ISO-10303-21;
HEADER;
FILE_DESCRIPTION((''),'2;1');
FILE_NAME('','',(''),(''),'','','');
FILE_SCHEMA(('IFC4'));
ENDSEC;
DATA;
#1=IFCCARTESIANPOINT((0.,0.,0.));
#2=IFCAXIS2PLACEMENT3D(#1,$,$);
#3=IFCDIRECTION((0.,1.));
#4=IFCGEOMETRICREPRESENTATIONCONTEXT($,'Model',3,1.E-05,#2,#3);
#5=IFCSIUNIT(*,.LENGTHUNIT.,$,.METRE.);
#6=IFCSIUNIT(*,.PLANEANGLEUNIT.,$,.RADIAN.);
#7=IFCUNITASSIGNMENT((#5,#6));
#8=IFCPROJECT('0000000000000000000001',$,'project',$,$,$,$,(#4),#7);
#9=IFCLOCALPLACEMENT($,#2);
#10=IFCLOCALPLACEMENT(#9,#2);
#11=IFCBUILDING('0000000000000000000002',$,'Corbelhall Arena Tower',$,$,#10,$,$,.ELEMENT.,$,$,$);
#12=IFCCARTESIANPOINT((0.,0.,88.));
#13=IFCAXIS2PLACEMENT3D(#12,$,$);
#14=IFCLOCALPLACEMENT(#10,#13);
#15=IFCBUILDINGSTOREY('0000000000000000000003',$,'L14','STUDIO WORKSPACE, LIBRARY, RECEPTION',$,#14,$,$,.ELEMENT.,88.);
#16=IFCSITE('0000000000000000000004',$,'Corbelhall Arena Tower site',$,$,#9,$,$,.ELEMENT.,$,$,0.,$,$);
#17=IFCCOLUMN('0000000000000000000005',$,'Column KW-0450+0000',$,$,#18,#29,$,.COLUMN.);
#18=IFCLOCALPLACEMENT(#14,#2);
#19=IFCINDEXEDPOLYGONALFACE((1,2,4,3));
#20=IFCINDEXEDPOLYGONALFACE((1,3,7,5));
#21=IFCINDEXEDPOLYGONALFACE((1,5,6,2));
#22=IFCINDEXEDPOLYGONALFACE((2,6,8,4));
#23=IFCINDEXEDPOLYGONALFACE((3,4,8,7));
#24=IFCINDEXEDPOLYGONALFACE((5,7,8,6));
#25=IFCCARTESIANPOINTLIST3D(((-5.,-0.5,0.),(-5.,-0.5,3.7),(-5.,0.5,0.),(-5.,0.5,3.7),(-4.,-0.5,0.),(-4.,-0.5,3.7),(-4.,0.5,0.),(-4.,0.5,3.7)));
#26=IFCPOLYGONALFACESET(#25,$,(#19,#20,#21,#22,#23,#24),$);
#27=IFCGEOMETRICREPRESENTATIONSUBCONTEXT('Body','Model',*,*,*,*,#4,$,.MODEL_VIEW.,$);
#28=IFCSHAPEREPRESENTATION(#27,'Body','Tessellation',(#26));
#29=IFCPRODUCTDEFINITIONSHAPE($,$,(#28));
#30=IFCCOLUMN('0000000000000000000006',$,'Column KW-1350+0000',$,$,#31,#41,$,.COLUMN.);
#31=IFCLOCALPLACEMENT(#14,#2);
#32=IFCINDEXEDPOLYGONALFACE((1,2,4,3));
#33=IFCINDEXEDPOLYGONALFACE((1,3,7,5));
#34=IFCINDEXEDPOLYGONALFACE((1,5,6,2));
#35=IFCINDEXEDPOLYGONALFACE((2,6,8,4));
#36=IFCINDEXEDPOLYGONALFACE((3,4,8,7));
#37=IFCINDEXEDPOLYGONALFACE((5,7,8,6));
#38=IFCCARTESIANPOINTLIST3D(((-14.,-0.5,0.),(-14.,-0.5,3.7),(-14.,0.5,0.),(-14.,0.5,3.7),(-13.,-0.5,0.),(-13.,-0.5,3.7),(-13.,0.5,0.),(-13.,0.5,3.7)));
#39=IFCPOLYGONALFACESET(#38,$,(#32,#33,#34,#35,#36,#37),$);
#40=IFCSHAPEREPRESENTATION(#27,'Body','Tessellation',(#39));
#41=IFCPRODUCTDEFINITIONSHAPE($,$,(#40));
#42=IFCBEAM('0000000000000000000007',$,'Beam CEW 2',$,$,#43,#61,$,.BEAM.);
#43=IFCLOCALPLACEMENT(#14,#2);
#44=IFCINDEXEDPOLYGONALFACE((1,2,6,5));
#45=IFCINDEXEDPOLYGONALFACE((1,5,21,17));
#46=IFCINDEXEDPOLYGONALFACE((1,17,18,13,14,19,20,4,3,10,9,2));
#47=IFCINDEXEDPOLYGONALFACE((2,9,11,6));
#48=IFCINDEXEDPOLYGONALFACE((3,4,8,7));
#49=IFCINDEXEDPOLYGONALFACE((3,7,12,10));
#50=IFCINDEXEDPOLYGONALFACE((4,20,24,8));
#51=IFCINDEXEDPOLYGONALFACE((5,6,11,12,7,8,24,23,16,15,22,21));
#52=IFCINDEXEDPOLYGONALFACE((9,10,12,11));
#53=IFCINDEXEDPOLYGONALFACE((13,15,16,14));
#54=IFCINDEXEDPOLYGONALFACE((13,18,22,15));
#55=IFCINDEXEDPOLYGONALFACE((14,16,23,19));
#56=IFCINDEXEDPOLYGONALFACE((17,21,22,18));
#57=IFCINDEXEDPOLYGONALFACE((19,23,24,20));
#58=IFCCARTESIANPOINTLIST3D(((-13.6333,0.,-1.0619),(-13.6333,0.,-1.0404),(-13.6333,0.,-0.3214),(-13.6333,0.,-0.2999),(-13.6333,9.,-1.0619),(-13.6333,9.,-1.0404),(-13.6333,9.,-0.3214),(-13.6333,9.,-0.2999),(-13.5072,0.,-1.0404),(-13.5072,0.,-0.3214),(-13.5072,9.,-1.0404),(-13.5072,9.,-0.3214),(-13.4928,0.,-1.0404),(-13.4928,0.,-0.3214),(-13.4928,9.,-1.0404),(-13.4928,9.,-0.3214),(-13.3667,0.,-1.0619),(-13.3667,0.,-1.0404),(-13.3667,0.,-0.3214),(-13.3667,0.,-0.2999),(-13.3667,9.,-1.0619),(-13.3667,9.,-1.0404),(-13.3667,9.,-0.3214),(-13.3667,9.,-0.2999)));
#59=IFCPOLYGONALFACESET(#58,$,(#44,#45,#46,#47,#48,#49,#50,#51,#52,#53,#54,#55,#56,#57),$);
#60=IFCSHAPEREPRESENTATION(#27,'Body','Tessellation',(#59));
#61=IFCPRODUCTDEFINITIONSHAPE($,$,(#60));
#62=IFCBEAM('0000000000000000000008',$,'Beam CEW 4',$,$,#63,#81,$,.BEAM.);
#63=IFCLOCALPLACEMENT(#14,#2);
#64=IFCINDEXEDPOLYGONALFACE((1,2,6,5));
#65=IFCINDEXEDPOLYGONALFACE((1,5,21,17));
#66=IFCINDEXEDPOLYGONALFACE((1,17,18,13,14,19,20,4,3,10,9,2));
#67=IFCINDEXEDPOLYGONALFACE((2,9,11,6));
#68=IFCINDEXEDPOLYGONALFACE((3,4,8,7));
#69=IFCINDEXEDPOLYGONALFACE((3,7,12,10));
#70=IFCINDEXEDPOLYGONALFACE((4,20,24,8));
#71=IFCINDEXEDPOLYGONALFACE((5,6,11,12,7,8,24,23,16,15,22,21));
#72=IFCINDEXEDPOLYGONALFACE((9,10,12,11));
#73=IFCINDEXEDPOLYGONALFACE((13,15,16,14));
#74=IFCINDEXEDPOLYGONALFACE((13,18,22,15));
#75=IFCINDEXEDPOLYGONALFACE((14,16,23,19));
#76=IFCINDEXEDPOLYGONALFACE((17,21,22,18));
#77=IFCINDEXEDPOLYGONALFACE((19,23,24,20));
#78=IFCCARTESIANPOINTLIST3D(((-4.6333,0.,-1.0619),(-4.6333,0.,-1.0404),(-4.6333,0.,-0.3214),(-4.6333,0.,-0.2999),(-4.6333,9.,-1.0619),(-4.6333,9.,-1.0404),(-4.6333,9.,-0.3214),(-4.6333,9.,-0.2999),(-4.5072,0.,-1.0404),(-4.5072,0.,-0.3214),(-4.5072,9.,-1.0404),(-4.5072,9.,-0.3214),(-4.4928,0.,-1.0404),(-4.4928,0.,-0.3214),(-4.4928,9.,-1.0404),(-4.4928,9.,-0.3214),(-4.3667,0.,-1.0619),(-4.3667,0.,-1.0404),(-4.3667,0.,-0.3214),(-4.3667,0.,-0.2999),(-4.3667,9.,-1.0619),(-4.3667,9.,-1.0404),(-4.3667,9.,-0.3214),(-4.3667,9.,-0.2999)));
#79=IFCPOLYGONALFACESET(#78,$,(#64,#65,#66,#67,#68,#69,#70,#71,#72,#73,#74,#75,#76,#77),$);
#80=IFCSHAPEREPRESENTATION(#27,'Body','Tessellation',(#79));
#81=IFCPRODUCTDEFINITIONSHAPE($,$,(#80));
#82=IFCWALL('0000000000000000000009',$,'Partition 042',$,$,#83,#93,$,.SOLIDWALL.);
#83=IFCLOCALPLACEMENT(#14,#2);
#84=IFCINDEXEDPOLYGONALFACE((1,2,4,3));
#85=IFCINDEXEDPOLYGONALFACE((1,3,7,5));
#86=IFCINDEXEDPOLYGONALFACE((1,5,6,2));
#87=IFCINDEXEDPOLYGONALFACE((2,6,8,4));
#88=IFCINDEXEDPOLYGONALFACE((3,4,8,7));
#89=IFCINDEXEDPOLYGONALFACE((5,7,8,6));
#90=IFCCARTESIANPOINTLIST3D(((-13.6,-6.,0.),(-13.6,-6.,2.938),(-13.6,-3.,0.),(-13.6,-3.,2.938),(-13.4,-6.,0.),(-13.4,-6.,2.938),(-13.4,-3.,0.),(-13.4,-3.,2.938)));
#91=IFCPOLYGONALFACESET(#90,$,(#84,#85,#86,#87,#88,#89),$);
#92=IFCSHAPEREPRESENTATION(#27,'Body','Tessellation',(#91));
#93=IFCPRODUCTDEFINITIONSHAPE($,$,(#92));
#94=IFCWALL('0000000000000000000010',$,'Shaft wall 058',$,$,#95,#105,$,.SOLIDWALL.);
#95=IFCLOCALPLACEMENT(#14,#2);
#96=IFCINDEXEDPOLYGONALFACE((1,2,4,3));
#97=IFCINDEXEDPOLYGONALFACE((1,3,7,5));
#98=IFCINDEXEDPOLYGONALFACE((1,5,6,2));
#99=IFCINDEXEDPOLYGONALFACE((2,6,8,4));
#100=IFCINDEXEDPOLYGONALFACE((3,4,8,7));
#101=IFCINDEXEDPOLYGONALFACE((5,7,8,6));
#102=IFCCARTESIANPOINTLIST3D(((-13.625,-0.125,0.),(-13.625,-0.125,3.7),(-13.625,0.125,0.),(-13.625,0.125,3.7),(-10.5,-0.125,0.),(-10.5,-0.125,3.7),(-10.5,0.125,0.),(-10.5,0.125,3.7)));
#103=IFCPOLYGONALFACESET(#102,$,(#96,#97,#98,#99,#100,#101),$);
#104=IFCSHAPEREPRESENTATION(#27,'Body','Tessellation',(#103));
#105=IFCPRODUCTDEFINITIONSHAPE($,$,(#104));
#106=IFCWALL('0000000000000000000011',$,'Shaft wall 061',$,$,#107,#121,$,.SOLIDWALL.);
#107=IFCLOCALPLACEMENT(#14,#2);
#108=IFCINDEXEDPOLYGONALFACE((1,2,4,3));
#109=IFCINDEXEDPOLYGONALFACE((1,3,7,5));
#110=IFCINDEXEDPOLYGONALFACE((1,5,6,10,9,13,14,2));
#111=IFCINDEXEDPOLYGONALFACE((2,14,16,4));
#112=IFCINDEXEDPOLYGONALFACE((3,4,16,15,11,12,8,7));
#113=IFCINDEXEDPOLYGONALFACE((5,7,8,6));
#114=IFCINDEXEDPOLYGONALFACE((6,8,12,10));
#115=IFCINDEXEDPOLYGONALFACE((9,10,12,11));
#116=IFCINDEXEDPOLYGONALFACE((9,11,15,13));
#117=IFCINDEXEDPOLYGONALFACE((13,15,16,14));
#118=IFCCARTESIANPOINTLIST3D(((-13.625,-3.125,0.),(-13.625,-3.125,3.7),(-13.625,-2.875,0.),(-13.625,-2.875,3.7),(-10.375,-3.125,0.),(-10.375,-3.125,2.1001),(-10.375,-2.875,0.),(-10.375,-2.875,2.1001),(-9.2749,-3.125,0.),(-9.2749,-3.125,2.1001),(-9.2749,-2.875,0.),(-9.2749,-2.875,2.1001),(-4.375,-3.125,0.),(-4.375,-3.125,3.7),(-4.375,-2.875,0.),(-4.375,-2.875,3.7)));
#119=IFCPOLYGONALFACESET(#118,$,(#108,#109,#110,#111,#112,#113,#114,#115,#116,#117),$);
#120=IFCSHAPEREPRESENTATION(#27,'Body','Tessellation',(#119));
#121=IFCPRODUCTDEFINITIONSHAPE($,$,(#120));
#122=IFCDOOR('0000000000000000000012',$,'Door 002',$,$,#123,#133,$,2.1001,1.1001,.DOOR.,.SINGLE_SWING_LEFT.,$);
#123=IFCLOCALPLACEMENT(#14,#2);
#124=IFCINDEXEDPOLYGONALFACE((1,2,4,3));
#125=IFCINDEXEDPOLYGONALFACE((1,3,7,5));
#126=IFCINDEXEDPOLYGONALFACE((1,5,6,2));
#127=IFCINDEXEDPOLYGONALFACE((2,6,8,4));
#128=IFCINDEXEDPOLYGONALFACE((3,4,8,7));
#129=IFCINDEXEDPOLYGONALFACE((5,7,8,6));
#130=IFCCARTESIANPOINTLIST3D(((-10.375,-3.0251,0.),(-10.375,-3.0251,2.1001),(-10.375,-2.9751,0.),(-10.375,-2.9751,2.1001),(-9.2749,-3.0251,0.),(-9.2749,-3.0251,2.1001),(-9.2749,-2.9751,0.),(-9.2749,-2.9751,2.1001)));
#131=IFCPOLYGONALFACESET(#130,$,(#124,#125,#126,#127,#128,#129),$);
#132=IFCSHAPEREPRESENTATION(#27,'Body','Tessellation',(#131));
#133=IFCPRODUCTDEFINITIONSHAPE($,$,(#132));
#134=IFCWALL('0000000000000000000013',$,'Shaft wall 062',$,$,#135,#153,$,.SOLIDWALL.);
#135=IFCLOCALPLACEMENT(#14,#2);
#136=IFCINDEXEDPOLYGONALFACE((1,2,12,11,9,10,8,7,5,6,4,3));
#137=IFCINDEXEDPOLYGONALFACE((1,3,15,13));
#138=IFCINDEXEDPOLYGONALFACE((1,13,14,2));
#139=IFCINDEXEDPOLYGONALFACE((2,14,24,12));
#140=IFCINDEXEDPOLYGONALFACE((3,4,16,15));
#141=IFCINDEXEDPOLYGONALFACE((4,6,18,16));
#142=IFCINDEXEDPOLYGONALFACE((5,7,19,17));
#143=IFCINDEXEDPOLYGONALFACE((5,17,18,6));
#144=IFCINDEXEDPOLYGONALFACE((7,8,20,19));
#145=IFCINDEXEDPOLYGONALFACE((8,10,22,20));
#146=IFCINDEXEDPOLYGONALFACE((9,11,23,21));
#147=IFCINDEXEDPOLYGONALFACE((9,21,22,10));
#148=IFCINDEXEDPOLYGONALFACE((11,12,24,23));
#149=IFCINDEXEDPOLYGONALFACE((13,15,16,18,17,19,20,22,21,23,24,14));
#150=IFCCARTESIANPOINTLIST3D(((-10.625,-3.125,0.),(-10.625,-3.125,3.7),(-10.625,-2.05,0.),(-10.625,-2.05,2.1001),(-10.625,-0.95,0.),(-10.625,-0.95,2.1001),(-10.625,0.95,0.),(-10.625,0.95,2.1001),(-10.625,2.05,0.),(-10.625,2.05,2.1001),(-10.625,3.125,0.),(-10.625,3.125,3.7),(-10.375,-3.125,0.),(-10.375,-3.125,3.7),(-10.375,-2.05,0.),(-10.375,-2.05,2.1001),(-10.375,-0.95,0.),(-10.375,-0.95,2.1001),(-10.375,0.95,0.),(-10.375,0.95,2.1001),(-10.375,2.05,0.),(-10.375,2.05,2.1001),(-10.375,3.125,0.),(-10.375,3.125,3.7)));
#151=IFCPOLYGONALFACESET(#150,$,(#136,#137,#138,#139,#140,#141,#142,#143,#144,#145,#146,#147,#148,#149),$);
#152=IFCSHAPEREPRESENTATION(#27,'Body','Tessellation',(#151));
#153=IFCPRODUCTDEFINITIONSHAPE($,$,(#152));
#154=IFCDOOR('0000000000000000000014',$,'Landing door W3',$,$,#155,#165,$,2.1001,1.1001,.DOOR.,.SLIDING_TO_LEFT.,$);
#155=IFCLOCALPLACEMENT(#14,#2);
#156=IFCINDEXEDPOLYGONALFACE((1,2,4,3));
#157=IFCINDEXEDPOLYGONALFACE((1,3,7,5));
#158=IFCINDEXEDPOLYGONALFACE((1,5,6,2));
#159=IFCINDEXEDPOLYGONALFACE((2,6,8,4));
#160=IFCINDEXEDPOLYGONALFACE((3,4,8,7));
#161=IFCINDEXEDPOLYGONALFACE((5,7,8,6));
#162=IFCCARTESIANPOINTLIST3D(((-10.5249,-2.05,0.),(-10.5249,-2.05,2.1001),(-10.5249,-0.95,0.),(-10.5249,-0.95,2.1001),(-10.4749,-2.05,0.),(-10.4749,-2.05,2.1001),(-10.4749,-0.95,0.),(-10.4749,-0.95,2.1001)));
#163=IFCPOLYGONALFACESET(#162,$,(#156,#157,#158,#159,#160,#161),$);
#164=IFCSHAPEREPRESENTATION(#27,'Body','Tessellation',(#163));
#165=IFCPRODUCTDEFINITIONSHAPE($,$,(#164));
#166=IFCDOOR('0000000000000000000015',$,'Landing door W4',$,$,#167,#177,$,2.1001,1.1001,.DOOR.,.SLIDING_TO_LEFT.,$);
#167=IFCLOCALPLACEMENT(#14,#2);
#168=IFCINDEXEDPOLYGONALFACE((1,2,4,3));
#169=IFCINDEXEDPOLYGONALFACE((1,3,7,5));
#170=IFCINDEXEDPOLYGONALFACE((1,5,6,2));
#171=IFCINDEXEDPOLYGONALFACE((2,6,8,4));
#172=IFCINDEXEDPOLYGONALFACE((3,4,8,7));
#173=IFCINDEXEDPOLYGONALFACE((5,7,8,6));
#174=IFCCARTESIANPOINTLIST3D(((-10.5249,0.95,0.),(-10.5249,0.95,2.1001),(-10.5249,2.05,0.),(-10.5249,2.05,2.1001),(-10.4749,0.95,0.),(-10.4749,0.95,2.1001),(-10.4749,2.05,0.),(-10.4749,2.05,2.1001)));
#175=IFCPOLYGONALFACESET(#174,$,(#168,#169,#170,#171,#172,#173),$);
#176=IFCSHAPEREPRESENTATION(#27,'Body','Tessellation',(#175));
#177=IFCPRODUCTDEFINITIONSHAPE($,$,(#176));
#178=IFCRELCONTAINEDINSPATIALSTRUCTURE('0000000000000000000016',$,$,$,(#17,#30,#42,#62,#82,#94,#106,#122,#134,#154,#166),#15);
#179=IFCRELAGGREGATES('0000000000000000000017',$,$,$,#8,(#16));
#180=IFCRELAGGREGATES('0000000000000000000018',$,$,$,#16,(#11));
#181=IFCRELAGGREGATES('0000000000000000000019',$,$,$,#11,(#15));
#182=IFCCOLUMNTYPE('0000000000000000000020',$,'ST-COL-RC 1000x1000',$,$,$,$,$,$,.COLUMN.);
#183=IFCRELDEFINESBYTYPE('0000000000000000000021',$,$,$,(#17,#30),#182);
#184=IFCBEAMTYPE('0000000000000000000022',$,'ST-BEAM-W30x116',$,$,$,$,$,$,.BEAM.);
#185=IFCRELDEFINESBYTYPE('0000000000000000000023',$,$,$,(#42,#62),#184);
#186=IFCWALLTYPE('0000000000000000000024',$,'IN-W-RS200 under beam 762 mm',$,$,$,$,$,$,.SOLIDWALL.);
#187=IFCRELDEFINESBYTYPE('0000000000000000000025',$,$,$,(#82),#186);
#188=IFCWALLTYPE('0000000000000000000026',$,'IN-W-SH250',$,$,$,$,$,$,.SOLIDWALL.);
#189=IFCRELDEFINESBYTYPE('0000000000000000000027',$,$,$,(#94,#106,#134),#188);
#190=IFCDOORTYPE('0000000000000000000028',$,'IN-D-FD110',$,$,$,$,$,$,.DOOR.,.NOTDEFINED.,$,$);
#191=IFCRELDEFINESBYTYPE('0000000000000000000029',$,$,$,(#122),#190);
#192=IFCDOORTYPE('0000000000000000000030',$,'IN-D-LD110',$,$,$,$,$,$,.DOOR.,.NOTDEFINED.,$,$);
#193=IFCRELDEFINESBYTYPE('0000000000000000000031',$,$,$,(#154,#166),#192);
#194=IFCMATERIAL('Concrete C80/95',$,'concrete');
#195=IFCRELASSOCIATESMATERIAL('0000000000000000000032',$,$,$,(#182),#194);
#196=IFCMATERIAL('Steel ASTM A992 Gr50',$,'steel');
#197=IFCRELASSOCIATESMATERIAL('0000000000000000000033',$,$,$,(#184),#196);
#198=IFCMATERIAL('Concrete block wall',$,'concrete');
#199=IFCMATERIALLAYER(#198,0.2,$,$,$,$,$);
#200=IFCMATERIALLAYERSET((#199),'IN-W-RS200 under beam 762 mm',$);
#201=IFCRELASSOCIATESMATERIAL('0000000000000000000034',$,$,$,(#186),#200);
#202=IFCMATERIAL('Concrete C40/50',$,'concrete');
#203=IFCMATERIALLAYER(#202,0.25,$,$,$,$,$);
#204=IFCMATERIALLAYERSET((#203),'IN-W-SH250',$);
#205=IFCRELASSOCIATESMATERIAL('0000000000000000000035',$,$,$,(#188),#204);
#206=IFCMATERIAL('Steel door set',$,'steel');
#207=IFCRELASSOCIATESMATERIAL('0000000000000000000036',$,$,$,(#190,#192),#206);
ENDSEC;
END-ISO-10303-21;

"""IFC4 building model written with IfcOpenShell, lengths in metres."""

from ifc_helpers import new_model, si_unit, direction, frame, frame_2d, origin, origin_2d, place, context, subcontext, project, spatial, rectangle, i_section, extrude, material, layer, layer_set, material_profile, profile_set, type_object, element, fill, save


model = new_model("IFC4")

# Units and contexts
model_context = context("Model", 3, precision=1e-05, world=origin(), true_north=direction((0.0, 1.0)))
body_context = subcontext(model_context, "Body", "Model", "MODEL_VIEW")
ifc_project = project(units=[si_unit("LENGTHUNIT", "METRE"), si_unit("PLANEANGLEUNIT", "RADIAN")], contexts=[model_context])

# Site, building, storey
site_placement = place(None, origin())
site = spatial("IfcSite", under=ifc_project, at=site_placement, Name="Corbelhall Arena Tower site", CompositionType="ELEMENT", RefElevation=0.0)
building_placement = place(site_placement, origin())
building = spatial("IfcBuilding", under=site, at=building_placement, Name="Corbelhall Arena Tower", CompositionType="ELEMENT")
storey_placement = place(building_placement, frame((0.0, 0.0, 88.0)))
storey = spatial("IfcBuildingStorey", under=building, at=storey_placement, Name="L14", Description="STUDIO WORKSPACE, LIBRARY, RECEPTION", CompositionType="ELEMENT", Elevation=88.0)

# Columns
ifc_material_1 = material(Name="Concrete C80/95", Category="concrete")
ifc_material_profile_1 = material_profile(ifc_material_1, rectangle(XDim=1.0, YDim=1.0, at=origin_2d()))
ifc_profile_set_1 = profile_set([ifc_material_profile_1], Name="Concrete C80/95")
column_type = type_object("IfcColumnType", Name="ST-COL-RC 1000x1000", PredefinedType="COLUMN", material=ifc_profile_set_1)
for number, where, z_axis, x_axis, name in (
    (1, (-4.5, 0.0, 0.0), (0.0, 0.0, 1.0), (1.0, 0.0, 0.0), "Column KW-0450+0000"),
    (2, (-13.5, 0.0, 0.0), (0.0, 0.0, 1.0), (1.0, 0.0, 0.0), "Column KW-1350+0000"),
):
    element("IfcColumn", number, at=place(storey_placement, frame(where, z_axis=z_axis, x_axis=x_axis)), inside=storey, type_object=column_type, Name=name, PredefinedType="COLUMN", context=body_context, shape_type="SweptSolid", body=[
        extrude(rectangle(XDim=1.0, YDim=1.0, at=origin_2d()), origin(), (0.0, 0.0, 1.0), 3.7),
    ])

# Beams
ifc_material_2 = material(Name="Steel ASTM A992 Gr50", Category="steel")
ifc_material_profile_2 = material_profile(ifc_material_2, i_section(OverallWidth=0.2666, OverallDepth=0.762, WebThickness=0.0144, FlangeThickness=0.0215, at=origin_2d()))
ifc_profile_set_2 = profile_set([ifc_material_profile_2], Name="Steel ASTM A992 Gr50")
beam_type = type_object("IfcBeamType", Name="ST-BEAM-W30x116", PredefinedType="BEAM", material=ifc_profile_set_2)
for number, where, z_axis, x_axis, name in (
    (3, (-13.5, 0.0, -0.6809), (0.0, 1.0, 0.0), (-1.0, 0.0, 0.0), "Beam CEW 2"),
    (4, (-4.5, 0.0, -0.6809), (0.0, 1.0, 0.0), (-1.0, 0.0, 0.0), "Beam CEW 4"),
):
    element("IfcBeam", number, at=place(storey_placement, frame(where, z_axis=z_axis, x_axis=x_axis)), inside=storey, type_object=beam_type, Name=name, PredefinedType="BEAM", context=body_context, shape_type="SweptSolid", body=[
        extrude(i_section(OverallWidth=0.2666, OverallDepth=0.762, WebThickness=0.0144, FlangeThickness=0.0215, at=origin_2d()), origin(), (0.0, 0.0, 1.0), 9.0),
    ])

# Walls
ifc_material_3 = material(Name="Concrete block wall", Category="concrete")
ifc_layer_1 = layer(ifc_material_3, 0.2)
ifc_layer_set_1 = layer_set([ifc_layer_1], Name="IN-W-RS200 under beam 762 mm")
wall_type_1 = type_object("IfcWallType", Name="IN-W-RS200 under beam 762 mm", PredefinedType="SOLIDWALL", material=ifc_layer_set_1)
wall_1_placement = place(storey_placement, frame((-13.5, -6.0, 0.0), z_axis=(0.0, 0.0, 1.0), x_axis=(0.0, 1.0, 0.0)))
element("IfcWall", 5, at=wall_1_placement, inside=storey, type_object=wall_type_1, Name="Partition 042", PredefinedType="SOLIDWALL", context=body_context, shape_type="SweptSolid", body=[
    extrude(rectangle(XDim=3.0, YDim=0.2, at=frame_2d((1.5, 0.0))), origin(), (0.0, 0.0, 1.0), 2.938),
])
ifc_material_4 = material(Name="Concrete C40/50", Category="concrete")
ifc_layer_2 = layer(ifc_material_4, 0.25)
ifc_layer_set_2 = layer_set([ifc_layer_2], Name="IN-W-SH250")
wall_type_2 = type_object("IfcWallType", Name="IN-W-SH250", PredefinedType="SOLIDWALL", material=ifc_layer_set_2)
wall_2_placement = place(storey_placement, frame((-13.625, 0.0, 0.0), z_axis=(0.0, 0.0, 1.0), x_axis=(1.0, 0.0, 0.0)))
element("IfcWall", 6, at=wall_2_placement, inside=storey, type_object=wall_type_2, Name="Shaft wall 058", PredefinedType="SOLIDWALL", context=body_context, shape_type="SweptSolid", body=[
    extrude(rectangle(XDim=3.125, YDim=0.25, at=frame_2d((1.5625, 0.0))), origin(), (0.0, 0.0, 1.0), 3.7),
])

# Wall, opening, door
wall_3_placement = place(storey_placement, frame((-13.625, -3.0, 0.0), z_axis=(0.0, 0.0, 1.0), x_axis=(1.0, 0.0, 0.0)))
wall_3 = element("IfcWall", 7, at=wall_3_placement, inside=storey, type_object=wall_type_2, Name="Shaft wall 061", PredefinedType="SOLIDWALL", context=body_context, shape_type="SweptSolid", body=[
    extrude(rectangle(XDim=9.25, YDim=0.25, at=frame_2d((4.625, 0.0))), origin(), (0.0, 0.0, 1.0), 3.7),
])
opening_1_placement = place(wall_3_placement, frame((3.25, 0.0, 0.0)))
opening_1 = element("IfcOpeningElement", 8, at=opening_1_placement, cuts=wall_3, PredefinedType="OPENING", context=body_context, shape_type="SweptSolid", body=[
    extrude(rectangle(XDim=1.1001, YDim=2.1001, at=frame_2d((0.55, 1.05))), frame((0.0, 0.125, 0.0), z_axis=(0.0, -1.0, 0.0), x_axis=(1.0, 0.0, 0.0)), (0.0, 0.0, 1.0), 0.25),
])
ifc_material_5 = material(Name="Steel door set", Category="steel")
door_type_1 = type_object("IfcDoorType", Name="IN-D-FD110", OperationType="NOTDEFINED", PredefinedType="DOOR", material=ifc_material_5)
door_1_placement = place(opening_1_placement, origin())
door_1 = element("IfcDoor", 9, at=door_1_placement, inside=storey, type_object=door_type_1, Name="Door 002", OperationType="SINGLE_SWING_LEFT", OverallHeight=2.1001, OverallWidth=1.1001, PredefinedType="DOOR", context=body_context, shape_type="SweptSolid", body=[
    extrude(rectangle(XDim=1.1001, YDim=2.1001, at=frame_2d((0.55, 1.05))), frame((0.0, 0.0249, 0.0), z_axis=(0.0, -1.0, 0.0), x_axis=(1.0, 0.0, 0.0)), (0.0, 0.0, 1.0), 0.05),
])
fill(opening_1, door_1)

# Wall, openings, doors
wall_4_placement = place(storey_placement, frame((-10.5, -3.125, 0.0), z_axis=(0.0, 0.0, 1.0), x_axis=(0.0, 1.0, 0.0)))
wall_4 = element("IfcWall", 10, at=wall_4_placement, inside=storey, type_object=wall_type_2, Name="Shaft wall 062", PredefinedType="SOLIDWALL", context=body_context, shape_type="SweptSolid", body=[
    extrude(rectangle(XDim=6.25, YDim=0.25, at=frame_2d((3.125, 0.0))), origin(), (0.0, 0.0, 1.0), 3.7),
])
opening_2_placement = place(wall_4_placement, frame((1.075, 0.0, 0.0)))
opening_2 = element("IfcOpeningElement", 11, at=opening_2_placement, cuts=wall_4, PredefinedType="OPENING", context=body_context, shape_type="SweptSolid", body=[
    extrude(rectangle(XDim=1.1001, YDim=2.1001, at=frame_2d((0.55, 1.05))), frame((0.0, 0.125, 0.0), z_axis=(0.0, -1.0, 0.0), x_axis=(1.0, 0.0, 0.0)), (0.0, 0.0, 1.0), 0.25),
])
opening_3_placement = place(wall_4_placement, frame((4.075, 0.0, 0.0)))
opening_3 = element("IfcOpeningElement", 12, at=opening_3_placement, cuts=wall_4, PredefinedType="OPENING", context=body_context, shape_type="SweptSolid", body=[
    extrude(rectangle(XDim=1.1001, YDim=2.1001, at=frame_2d((0.55, 1.05))), frame((0.0, 0.125, 0.0), z_axis=(0.0, -1.0, 0.0), x_axis=(1.0, 0.0, 0.0)), (0.0, 0.0, 1.0), 0.25),
])
door_type_2 = type_object("IfcDoorType", Name="IN-D-LD110", OperationType="NOTDEFINED", PredefinedType="DOOR", material=ifc_material_5)
door_2_placement = place(opening_2_placement, origin())
door_2 = element("IfcDoor", 13, at=door_2_placement, inside=storey, type_object=door_type_2, Name="Landing door W3", OperationType="SLIDING_TO_LEFT", OverallHeight=2.1001, OverallWidth=1.1001, PredefinedType="DOOR", context=body_context, shape_type="SweptSolid", body=[
    extrude(rectangle(XDim=1.1001, YDim=2.1001, at=frame_2d((0.55, 1.05))), frame((0.0, 0.0249, 0.0), z_axis=(0.0, -1.0, 0.0), x_axis=(1.0, 0.0, 0.0)), (0.0, 0.0, 1.0), 0.05),
])
fill(opening_2, door_2)
door_3_placement = place(opening_3_placement, origin())
door_3 = element("IfcDoor", 14, at=door_3_placement, inside=storey, type_object=door_type_2, Name="Landing door W4", OperationType="SLIDING_TO_LEFT", OverallHeight=2.1001, OverallWidth=1.1001, PredefinedType="DOOR", context=body_context, shape_type="SweptSolid", body=[
    extrude(rectangle(XDim=1.1001, YDim=2.1001, at=frame_2d((0.55, 1.05))), frame((0.0, 0.0249, 0.0), z_axis=(0.0, -1.0, 0.0), x_axis=(1.0, 0.0, 0.0)), (0.0, 0.0, 1.0), 0.05),
])
fill(opening_3, door_3)

save(model, "model.ifc")
